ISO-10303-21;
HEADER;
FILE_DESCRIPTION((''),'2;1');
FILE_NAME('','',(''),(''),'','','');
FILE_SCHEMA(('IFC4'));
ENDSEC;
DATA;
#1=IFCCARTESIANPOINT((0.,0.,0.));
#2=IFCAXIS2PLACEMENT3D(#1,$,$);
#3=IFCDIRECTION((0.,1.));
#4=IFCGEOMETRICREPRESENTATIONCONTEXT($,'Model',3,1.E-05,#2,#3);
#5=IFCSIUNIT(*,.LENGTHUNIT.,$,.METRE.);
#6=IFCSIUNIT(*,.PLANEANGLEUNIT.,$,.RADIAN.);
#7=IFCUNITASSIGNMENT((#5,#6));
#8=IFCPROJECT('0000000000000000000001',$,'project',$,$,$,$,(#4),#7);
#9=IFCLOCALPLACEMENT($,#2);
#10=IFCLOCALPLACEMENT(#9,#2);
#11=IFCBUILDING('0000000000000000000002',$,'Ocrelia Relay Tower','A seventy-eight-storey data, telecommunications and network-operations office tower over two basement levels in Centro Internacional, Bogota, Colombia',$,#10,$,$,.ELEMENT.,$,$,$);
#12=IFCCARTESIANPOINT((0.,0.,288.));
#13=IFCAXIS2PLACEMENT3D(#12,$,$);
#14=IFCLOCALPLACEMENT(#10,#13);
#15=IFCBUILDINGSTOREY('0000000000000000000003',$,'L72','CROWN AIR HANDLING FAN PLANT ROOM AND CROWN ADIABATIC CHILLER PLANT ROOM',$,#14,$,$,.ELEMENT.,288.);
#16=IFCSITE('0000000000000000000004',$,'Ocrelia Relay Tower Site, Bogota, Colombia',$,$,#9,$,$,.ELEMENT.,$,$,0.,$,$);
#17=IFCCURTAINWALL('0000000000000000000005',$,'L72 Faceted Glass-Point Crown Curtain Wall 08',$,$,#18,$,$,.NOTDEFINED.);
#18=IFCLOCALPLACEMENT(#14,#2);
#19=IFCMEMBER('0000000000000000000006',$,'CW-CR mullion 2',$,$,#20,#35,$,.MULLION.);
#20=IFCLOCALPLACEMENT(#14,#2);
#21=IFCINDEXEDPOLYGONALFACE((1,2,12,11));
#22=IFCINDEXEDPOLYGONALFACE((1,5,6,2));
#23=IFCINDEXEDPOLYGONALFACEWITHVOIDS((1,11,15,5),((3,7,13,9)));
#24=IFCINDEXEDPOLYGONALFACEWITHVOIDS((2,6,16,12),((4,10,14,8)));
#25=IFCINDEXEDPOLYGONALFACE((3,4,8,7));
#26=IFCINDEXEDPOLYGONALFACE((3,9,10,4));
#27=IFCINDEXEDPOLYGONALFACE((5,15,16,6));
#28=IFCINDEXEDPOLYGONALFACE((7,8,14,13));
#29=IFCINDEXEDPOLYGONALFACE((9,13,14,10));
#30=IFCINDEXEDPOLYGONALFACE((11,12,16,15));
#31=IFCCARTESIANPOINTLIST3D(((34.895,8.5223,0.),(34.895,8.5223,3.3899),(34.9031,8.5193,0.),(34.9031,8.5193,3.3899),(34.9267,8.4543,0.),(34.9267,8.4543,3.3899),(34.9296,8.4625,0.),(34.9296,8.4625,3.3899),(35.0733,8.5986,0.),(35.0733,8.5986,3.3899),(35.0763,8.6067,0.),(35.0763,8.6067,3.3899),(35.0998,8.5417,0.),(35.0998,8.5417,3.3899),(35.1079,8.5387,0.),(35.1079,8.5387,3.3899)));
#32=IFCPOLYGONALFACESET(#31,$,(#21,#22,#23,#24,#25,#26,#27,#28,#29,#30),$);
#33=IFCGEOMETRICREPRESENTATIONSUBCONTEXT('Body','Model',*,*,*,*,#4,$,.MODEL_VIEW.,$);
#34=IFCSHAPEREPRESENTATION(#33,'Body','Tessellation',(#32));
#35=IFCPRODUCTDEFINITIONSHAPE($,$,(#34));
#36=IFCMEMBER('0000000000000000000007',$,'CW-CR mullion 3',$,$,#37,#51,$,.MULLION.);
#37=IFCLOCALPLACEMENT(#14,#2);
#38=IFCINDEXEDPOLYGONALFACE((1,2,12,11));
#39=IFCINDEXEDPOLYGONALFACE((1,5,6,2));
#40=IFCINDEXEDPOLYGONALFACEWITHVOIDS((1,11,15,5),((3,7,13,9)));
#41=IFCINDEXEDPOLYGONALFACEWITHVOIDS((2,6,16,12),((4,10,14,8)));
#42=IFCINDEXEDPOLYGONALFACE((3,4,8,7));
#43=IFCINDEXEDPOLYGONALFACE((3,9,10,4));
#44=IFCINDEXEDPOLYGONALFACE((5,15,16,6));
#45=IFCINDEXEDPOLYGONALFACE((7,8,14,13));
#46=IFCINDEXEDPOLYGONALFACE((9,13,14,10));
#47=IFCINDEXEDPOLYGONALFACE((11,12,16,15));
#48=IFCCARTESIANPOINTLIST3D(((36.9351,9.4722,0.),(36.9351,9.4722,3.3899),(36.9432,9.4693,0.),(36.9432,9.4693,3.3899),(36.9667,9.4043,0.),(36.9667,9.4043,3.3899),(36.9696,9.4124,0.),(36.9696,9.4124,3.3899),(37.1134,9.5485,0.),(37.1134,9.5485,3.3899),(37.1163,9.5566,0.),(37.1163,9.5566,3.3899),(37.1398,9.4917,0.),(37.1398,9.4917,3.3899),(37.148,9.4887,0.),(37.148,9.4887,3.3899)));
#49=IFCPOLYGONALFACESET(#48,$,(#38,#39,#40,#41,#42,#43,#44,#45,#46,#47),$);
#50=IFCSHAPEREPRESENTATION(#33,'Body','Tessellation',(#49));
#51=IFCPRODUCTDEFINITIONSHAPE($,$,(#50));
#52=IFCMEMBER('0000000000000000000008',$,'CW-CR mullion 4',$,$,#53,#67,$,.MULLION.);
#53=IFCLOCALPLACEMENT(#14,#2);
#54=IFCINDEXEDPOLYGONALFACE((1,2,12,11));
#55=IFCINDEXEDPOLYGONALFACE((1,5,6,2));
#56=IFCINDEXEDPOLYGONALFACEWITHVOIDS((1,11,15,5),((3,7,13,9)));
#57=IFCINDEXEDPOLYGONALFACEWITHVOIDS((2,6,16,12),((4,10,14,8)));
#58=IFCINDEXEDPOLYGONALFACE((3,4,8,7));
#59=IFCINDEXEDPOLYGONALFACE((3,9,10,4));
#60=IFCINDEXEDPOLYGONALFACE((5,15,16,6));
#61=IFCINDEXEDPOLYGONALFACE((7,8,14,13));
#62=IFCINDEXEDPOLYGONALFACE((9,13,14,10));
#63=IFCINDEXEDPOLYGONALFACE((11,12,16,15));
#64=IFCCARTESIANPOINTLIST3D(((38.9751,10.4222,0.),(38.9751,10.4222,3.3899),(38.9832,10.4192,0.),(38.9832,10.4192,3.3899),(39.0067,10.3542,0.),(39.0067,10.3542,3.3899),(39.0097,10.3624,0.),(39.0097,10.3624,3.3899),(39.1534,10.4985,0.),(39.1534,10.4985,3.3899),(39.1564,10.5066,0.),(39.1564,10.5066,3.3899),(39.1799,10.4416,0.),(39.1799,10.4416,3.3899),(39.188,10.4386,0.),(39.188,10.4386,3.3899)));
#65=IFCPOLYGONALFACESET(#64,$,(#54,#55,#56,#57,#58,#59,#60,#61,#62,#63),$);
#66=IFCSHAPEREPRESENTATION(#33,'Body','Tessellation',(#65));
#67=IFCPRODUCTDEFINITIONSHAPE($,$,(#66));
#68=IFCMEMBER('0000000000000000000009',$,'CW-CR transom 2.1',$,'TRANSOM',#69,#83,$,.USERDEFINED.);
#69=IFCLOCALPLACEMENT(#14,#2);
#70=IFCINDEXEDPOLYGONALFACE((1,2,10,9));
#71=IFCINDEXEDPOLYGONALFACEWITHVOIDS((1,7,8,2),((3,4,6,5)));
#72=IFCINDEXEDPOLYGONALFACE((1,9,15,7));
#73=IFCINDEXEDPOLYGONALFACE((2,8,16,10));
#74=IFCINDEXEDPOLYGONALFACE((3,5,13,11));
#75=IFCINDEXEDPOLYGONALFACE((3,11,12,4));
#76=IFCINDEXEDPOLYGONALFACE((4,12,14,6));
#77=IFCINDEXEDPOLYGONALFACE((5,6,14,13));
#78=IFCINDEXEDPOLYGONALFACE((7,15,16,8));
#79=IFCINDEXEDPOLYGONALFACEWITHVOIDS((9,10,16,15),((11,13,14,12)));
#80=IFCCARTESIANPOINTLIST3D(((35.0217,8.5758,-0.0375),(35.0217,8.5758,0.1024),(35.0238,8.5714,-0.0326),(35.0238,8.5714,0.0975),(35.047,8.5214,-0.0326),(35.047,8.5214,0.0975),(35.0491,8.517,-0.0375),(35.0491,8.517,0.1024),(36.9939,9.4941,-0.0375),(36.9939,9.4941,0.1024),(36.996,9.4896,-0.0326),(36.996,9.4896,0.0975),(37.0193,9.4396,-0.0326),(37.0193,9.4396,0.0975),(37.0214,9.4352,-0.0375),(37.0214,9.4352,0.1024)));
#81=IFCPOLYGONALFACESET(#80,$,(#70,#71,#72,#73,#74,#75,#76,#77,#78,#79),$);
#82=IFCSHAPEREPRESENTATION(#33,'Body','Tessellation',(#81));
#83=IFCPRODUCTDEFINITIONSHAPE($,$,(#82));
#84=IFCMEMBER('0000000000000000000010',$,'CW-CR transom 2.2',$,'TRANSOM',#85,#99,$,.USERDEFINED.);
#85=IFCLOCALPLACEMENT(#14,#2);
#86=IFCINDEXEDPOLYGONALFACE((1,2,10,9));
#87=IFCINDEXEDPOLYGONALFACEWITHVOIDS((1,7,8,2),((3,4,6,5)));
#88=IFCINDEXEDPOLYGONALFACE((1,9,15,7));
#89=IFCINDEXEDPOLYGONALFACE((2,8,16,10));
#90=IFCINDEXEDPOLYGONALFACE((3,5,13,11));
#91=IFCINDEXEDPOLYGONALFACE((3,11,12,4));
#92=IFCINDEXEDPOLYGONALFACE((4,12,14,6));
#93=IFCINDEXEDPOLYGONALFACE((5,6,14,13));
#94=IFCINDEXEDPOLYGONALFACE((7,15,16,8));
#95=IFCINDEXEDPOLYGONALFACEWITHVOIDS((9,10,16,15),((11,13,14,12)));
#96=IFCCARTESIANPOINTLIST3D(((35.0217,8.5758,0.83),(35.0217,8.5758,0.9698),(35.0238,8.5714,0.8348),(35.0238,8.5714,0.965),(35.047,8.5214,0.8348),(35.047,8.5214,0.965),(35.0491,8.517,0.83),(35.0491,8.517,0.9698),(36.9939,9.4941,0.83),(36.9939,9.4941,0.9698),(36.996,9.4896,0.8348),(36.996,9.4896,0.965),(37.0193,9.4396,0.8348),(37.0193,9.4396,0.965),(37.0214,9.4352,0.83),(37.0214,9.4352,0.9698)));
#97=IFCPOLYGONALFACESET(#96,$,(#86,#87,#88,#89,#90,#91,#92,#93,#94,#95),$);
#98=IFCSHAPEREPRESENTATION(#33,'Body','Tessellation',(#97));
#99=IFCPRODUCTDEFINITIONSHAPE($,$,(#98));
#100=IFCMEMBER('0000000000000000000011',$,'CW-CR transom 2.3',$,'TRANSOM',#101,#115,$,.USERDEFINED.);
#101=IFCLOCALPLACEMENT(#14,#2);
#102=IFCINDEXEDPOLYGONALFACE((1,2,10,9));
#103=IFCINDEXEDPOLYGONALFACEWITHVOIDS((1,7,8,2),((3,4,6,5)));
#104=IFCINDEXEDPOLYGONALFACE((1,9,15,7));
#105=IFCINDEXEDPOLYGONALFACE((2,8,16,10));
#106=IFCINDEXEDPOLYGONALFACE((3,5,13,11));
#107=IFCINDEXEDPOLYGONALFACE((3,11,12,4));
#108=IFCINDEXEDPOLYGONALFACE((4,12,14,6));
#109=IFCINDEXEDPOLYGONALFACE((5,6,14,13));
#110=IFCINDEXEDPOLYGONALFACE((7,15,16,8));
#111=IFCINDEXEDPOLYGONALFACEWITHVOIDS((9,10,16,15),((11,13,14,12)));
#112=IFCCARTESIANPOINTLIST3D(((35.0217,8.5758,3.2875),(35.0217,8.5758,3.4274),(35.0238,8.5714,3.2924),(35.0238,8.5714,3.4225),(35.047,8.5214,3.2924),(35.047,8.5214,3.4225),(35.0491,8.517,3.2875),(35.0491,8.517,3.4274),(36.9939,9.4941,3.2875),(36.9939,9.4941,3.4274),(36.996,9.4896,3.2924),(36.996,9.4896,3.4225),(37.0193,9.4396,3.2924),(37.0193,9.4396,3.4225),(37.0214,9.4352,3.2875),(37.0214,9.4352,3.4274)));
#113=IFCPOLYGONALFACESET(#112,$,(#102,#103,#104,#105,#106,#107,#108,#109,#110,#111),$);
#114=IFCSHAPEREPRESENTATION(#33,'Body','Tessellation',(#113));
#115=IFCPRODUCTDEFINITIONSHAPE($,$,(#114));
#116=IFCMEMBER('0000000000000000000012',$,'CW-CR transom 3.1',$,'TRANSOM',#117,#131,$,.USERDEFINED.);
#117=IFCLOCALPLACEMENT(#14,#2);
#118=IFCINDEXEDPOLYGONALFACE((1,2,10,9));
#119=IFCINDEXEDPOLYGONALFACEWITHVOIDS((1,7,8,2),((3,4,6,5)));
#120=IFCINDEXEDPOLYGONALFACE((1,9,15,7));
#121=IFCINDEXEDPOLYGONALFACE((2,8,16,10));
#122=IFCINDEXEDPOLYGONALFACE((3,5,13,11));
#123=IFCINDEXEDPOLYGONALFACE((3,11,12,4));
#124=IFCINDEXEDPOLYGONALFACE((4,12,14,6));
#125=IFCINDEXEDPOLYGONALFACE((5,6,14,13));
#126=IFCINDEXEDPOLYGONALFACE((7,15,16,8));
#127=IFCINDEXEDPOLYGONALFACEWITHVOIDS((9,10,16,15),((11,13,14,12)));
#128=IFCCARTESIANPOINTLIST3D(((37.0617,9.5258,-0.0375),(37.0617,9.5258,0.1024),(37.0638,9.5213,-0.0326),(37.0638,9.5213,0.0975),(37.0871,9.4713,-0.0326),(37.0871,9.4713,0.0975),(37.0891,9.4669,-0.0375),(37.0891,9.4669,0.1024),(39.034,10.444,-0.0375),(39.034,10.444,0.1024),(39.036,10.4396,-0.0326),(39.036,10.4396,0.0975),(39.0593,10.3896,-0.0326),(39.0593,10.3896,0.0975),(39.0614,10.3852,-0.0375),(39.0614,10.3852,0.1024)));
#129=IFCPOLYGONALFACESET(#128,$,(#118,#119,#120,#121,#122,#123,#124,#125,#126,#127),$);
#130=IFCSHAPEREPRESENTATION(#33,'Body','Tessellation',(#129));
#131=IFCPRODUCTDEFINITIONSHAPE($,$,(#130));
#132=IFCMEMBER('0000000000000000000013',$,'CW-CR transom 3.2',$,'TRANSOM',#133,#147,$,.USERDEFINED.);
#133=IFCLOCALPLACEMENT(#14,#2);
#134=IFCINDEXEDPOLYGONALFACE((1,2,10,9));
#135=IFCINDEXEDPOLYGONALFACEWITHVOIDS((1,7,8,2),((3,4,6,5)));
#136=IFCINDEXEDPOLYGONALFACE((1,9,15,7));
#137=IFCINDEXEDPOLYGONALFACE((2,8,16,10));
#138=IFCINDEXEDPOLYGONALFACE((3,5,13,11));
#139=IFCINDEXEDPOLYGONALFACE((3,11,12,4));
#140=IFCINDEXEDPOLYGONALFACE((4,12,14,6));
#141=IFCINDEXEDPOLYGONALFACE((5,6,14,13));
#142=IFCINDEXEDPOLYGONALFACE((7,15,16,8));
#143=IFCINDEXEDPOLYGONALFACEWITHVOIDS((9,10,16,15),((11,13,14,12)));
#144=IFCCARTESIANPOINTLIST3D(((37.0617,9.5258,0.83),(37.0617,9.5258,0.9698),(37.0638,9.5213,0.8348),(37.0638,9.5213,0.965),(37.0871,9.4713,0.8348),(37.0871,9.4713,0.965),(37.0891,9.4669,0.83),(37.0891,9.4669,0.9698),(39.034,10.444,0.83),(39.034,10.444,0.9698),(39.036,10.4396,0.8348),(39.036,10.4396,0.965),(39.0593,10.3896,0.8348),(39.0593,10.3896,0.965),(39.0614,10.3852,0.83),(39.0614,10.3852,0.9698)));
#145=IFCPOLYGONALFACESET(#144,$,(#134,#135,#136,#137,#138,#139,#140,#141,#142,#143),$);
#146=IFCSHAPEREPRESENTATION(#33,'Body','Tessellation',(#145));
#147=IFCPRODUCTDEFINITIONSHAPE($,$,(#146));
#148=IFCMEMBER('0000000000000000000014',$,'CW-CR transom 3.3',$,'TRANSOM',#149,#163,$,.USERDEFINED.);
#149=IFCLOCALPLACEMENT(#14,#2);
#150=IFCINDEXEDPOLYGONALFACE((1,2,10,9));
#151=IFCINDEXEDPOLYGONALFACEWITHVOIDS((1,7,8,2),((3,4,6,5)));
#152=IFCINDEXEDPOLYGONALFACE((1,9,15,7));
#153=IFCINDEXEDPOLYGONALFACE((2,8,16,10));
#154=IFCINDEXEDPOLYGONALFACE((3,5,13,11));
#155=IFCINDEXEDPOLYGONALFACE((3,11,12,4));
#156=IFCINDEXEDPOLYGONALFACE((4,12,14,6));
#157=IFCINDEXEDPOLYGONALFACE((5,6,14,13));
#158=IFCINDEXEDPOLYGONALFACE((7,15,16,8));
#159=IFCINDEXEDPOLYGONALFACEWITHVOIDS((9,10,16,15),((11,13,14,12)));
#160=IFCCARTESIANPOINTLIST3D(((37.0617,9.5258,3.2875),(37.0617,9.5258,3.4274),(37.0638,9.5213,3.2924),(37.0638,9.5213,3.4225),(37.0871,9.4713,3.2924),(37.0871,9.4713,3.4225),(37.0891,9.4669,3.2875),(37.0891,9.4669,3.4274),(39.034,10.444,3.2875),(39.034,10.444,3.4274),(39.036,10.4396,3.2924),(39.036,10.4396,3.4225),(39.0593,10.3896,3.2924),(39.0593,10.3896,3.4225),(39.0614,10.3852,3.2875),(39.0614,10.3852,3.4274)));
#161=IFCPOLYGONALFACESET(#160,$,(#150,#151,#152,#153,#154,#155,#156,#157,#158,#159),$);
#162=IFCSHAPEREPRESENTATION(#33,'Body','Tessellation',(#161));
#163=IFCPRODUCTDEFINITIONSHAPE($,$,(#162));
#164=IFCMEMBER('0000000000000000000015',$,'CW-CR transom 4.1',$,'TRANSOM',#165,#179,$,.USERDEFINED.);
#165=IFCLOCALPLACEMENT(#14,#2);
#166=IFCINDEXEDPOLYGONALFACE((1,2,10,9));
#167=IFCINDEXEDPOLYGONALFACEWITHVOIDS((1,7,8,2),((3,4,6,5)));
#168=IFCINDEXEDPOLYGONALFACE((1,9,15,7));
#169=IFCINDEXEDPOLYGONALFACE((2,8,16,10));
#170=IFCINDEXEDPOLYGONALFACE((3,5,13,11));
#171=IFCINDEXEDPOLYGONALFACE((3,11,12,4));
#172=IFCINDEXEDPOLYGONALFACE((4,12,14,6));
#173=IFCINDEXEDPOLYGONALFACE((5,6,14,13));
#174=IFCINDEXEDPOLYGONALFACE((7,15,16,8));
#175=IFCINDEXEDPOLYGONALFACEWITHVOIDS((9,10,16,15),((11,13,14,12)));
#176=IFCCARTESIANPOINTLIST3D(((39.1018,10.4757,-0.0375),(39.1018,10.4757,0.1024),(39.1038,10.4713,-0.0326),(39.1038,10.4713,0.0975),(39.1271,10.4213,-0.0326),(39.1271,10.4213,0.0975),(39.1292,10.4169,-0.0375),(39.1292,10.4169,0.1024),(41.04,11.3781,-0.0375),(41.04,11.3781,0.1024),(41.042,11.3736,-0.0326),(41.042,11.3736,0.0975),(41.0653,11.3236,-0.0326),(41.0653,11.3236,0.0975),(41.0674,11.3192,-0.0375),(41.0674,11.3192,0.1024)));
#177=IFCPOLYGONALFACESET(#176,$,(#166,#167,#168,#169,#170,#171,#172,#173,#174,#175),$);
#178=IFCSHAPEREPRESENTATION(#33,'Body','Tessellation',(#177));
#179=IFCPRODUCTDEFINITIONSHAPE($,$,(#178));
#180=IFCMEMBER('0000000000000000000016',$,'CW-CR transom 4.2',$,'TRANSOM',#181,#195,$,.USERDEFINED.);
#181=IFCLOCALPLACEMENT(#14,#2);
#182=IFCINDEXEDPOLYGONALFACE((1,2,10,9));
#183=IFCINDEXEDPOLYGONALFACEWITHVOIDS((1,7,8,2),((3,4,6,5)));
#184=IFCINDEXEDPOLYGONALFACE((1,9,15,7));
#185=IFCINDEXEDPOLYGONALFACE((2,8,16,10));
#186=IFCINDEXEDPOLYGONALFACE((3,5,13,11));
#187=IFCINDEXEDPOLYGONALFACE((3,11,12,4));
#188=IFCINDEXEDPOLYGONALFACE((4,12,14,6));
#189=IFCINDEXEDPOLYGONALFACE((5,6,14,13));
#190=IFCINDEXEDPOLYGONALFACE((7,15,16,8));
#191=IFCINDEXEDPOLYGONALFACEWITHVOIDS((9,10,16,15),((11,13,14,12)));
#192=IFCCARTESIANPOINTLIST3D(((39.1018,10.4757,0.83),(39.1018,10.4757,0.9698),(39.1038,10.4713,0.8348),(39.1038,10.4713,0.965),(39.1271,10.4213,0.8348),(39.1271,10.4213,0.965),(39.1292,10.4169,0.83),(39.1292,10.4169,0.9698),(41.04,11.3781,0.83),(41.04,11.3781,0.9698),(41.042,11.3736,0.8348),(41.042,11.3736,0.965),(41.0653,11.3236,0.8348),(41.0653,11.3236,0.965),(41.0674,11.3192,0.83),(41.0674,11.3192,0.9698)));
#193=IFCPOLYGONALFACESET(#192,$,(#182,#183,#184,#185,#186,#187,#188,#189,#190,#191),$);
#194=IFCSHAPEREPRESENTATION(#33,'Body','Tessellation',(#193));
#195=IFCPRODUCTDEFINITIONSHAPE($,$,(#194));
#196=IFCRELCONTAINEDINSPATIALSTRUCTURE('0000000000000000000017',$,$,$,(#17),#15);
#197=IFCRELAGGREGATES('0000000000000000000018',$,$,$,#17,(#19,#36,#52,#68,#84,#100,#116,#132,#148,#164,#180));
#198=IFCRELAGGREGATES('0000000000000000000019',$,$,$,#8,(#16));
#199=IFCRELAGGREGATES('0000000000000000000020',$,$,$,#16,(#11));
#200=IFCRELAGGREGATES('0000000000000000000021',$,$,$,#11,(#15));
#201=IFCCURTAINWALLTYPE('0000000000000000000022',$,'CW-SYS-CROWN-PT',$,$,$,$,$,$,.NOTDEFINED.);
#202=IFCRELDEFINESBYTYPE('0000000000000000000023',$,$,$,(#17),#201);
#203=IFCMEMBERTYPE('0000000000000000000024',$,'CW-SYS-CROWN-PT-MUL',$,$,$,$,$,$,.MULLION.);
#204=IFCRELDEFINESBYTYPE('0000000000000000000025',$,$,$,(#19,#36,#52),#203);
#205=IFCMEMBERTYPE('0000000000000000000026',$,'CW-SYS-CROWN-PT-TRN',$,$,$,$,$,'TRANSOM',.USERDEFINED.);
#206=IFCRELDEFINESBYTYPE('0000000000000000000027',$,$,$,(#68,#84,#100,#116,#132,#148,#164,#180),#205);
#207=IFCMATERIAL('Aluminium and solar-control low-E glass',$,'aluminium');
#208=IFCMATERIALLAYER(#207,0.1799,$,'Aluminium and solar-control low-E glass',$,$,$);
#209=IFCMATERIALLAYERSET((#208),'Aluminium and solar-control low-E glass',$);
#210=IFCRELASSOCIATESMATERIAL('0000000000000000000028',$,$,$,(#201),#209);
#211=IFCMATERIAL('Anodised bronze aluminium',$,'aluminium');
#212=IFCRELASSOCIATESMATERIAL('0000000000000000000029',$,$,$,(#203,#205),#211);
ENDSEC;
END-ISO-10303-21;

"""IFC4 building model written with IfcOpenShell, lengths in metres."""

from ifc_helpers import new_model, si_unit, direction, frame, origin, origin_2d, place, context, subcontext, project, spatial, hollow_rectangle, extrude, material, layer, layer_set, material_profile, profile_set, type_object, element, aggregate, save


model = new_model("IFC4")

# Units and contexts
model_context = context("Model", 3, precision=1e-05, world=origin(), true_north=direction((0.0, 1.0)))
body_context = subcontext(model_context, "Body", "Model", "MODEL_VIEW")
ifc_project = project(units=[si_unit("LENGTHUNIT", "METRE"), si_unit("PLANEANGLEUNIT", "RADIAN")], contexts=[model_context])

# Site, building, storey
site_placement = place(None, origin())
site = spatial("IfcSite", under=ifc_project, at=site_placement, Name="Ocrelia Relay Tower Site, Bogota, Colombia", CompositionType="ELEMENT", RefElevation=0.0)
building_placement = place(site_placement, origin())
building = spatial("IfcBuilding", under=site, at=building_placement, Name="Ocrelia Relay Tower", Description="A seventy-eight-storey data, telecommunications and network-operations office tower over two basement levels in Centro Internacional, Bogota, Colombia", CompositionType="ELEMENT")
storey_placement = place(building_placement, frame((0.0, 0.0, 288.0)))
storey = spatial("IfcBuildingStorey", under=building, at=storey_placement, Name="L72", Description="CROWN AIR HANDLING FAN PLANT ROOM AND CROWN ADIABATIC CHILLER PLANT ROOM", CompositionType="ELEMENT", Elevation=288.0)

# Curtain wall, members
ifc_material_1 = material(Name="Aluminium and solar-control low-E glass", Category="aluminium")
ifc_layer_1 = layer(ifc_material_1, 0.1799, Name="Aluminium and solar-control low-E glass")
ifc_layer_set_1 = layer_set([ifc_layer_1], Name="Aluminium and solar-control low-E glass")
curtain_wall_type = type_object("IfcCurtainWallType", Name="CW-SYS-CROWN-PT", PredefinedType="NOTDEFINED", material=ifc_layer_set_1)
curtain_wall_placement = place(storey_placement, origin())
curtain_wall = element("IfcCurtainWall", 1, at=curtain_wall_placement, inside=storey, type_object=curtain_wall_type, Name="L72 Faceted Glass-Point Crown Curtain Wall 08", PredefinedType="NOTDEFINED")
ifc_material_2 = material(Name="Anodised bronze aluminium", Category="aluminium")
ifc_material_profile_1 = material_profile(ifc_material_2, hollow_rectangle(XDim=0.075, YDim=0.2, WallThickness=0.0061, at=origin_2d()), Name="CW-MUL-200x75")
ifc_profile_set_1 = profile_set([ifc_material_profile_1], Name="Anodised bronze aluminium")
member_type_1 = type_object("IfcMemberType", Name="CW-SYS-CROWN-PT-MUL", PredefinedType="MULLION", material=ifc_profile_set_1)
member_1_placement = place(storey_placement, frame((35.0015, 8.5305, 0.0), z_axis=(0.0, 0.0, 1.0), x_axis=(-0.422115, 0.906542, 0.0)))
member_1 = element("IfcMember", 2, at=member_1_placement, type_object=member_type_1, Name="CW-CR mullion 2", PredefinedType="MULLION", context=body_context, shape_type="SweptSolid", body=[
    extrude(hollow_rectangle(XDim=0.075, YDim=0.2, WallThickness=0.0061, at=origin_2d()), origin(), (0.0, 0.0, 1.0), 3.3899),
])
member_2_placement = place(storey_placement, frame((37.0415, 9.4805, 0.0), z_axis=(0.0, 0.0, 1.0), x_axis=(-0.422115, 0.906542, 0.0)))
member_2 = element("IfcMember", 3, at=member_2_placement, type_object=member_type_1, Name="CW-CR mullion 3", PredefinedType="MULLION", context=body_context, shape_type="SweptSolid", body=[
    extrude(hollow_rectangle(XDim=0.075, YDim=0.2, WallThickness=0.0061, at=origin_2d()), origin(), (0.0, 0.0, 1.0), 3.3899),
])
member_3_placement = place(storey_placement, frame((39.0815, 10.4304, 0.0), z_axis=(0.0, 0.0, 1.0), x_axis=(-0.422115, 0.906542, 0.0)))
member_3 = element("IfcMember", 4, at=member_3_placement, type_object=member_type_1, Name="CW-CR mullion 4", PredefinedType="MULLION", context=body_context, shape_type="SweptSolid", body=[
    extrude(hollow_rectangle(XDim=0.075, YDim=0.2, WallThickness=0.0061, at=origin_2d()), origin(), (0.0, 0.0, 1.0), 3.3899),
])
ifc_material_profile_2 = material_profile(ifc_material_2, hollow_rectangle(XDim=0.0649, YDim=0.1399, WallThickness=0.0049, at=origin_2d()), Name="CW-TRN-140x65")
ifc_profile_set_2 = profile_set([ifc_material_profile_2], Name="Anodised bronze aluminium")
member_type_2 = type_object("IfcMemberType", Name="CW-SYS-CROWN-PT-TRN", ElementType="TRANSOM", PredefinedType="USERDEFINED", material=ifc_profile_set_2)
member_4_placement = place(storey_placement, frame((35.0354, 8.5464, 0.0325), z_axis=(0.906558, 0.42208, 0.0), x_axis=(-0.42208, 0.906558, 0.0)))
member_4 = element("IfcMember", 5, at=member_4_placement, type_object=member_type_2, Name="CW-CR transom 2.1", ObjectType="TRANSOM", PredefinedType="USERDEFINED", context=body_context, shape_type="SweptSolid", body=[
    extrude(hollow_rectangle(XDim=0.0649, YDim=0.1399, WallThickness=0.0049, at=origin_2d()), origin(), (0.0, 0.0, 1.0), 2.1755),
])
member_5_placement = place(storey_placement, frame((35.0354, 8.5464, 0.8999), z_axis=(0.906558, 0.42208, 0.0), x_axis=(-0.42208, 0.906558, 0.0)))
member_5 = element("IfcMember", 6, at=member_5_placement, type_object=member_type_2, Name="CW-CR transom 2.2", ObjectType="TRANSOM", PredefinedType="USERDEFINED", context=body_context, shape_type="SweptSolid", body=[
    extrude(hollow_rectangle(XDim=0.0649, YDim=0.1399, WallThickness=0.0049, at=origin_2d()), origin(), (0.0, 0.0, 1.0), 2.1755),
])
member_6_placement = place(storey_placement, frame((35.0354, 8.5464, 3.3574), z_axis=(0.906558, 0.42208, 0.0), x_axis=(-0.42208, 0.906558, 0.0)))
member_6 = element("IfcMember", 7, at=member_6_placement, type_object=member_type_2, Name="CW-CR transom 2.3", ObjectType="TRANSOM", PredefinedType="USERDEFINED", context=body_context, shape_type="SweptSolid", body=[
    extrude(hollow_rectangle(XDim=0.0649, YDim=0.1399, WallThickness=0.0049, at=origin_2d()), origin(), (0.0, 0.0, 1.0), 2.1755),
])
member_7_placement = place(storey_placement, frame((37.0754, 9.4963, 0.0325), z_axis=(0.906558, 0.42208, 0.0), x_axis=(-0.42208, 0.906558, 0.0)))
member_7 = element("IfcMember", 8, at=member_7_placement, type_object=member_type_2, Name="CW-CR transom 3.1", ObjectType="TRANSOM", PredefinedType="USERDEFINED", context=body_context, shape_type="SweptSolid", body=[
    extrude(hollow_rectangle(XDim=0.0649, YDim=0.1399, WallThickness=0.0049, at=origin_2d()), origin(), (0.0, 0.0, 1.0), 2.1755),
])
member_8_placement = place(storey_placement, frame((37.0754, 9.4963, 0.8999), z_axis=(0.906558, 0.42208, 0.0), x_axis=(-0.42208, 0.906558, 0.0)))
member_8 = element("IfcMember", 9, at=member_8_placement, type_object=member_type_2, Name="CW-CR transom 3.2", ObjectType="TRANSOM", PredefinedType="USERDEFINED", context=body_context, shape_type="SweptSolid", body=[
    extrude(hollow_rectangle(XDim=0.0649, YDim=0.1399, WallThickness=0.0049, at=origin_2d()), origin(), (0.0, 0.0, 1.0), 2.1755),
])
member_9_placement = place(storey_placement, frame((37.0754, 9.4963, 3.3574), z_axis=(0.906558, 0.42208, 0.0), x_axis=(-0.42208, 0.906558, 0.0)))
member_9 = element("IfcMember", 10, at=member_9_placement, type_object=member_type_2, Name="CW-CR transom 3.3", ObjectType="TRANSOM", PredefinedType="USERDEFINED", context=body_context, shape_type="SweptSolid", body=[
    extrude(hollow_rectangle(XDim=0.0649, YDim=0.1399, WallThickness=0.0049, at=origin_2d()), origin(), (0.0, 0.0, 1.0), 2.1755),
])
member_10_placement = place(storey_placement, frame((39.1155, 10.4463, 0.0325), z_axis=(0.906571, 0.422054, 0.0), x_axis=(-0.422054, 0.906571, 0.0)))
member_10 = element("IfcMember", 11, at=member_10_placement, type_object=member_type_2, Name="CW-CR transom 4.1", ObjectType="TRANSOM", PredefinedType="USERDEFINED", context=body_context, shape_type="SweptSolid", body=[
    extrude(hollow_rectangle(XDim=0.0649, YDim=0.1399, WallThickness=0.0049, at=origin_2d()), origin(), (0.0, 0.0, 1.0), 2.1379),
])
member_11_placement = place(storey_placement, frame((39.1155, 10.4463, 0.8999), z_axis=(0.906571, 0.422054, 0.0), x_axis=(-0.422054, 0.906571, 0.0)))
member_11 = element("IfcMember", 12, at=member_11_placement, type_object=member_type_2, Name="CW-CR transom 4.2", ObjectType="TRANSOM", PredefinedType="USERDEFINED", context=body_context, shape_type="SweptSolid", body=[
    extrude(hollow_rectangle(XDim=0.0649, YDim=0.1399, WallThickness=0.0049, at=origin_2d()), origin(), (0.0, 0.0, 1.0), 2.1379),
])
aggregate(curtain_wall, [member_1, member_2, member_3, member_4, member_5, member_6, member_7, member_8, member_9, member_10, member_11])

save(model, "model.ifc")
